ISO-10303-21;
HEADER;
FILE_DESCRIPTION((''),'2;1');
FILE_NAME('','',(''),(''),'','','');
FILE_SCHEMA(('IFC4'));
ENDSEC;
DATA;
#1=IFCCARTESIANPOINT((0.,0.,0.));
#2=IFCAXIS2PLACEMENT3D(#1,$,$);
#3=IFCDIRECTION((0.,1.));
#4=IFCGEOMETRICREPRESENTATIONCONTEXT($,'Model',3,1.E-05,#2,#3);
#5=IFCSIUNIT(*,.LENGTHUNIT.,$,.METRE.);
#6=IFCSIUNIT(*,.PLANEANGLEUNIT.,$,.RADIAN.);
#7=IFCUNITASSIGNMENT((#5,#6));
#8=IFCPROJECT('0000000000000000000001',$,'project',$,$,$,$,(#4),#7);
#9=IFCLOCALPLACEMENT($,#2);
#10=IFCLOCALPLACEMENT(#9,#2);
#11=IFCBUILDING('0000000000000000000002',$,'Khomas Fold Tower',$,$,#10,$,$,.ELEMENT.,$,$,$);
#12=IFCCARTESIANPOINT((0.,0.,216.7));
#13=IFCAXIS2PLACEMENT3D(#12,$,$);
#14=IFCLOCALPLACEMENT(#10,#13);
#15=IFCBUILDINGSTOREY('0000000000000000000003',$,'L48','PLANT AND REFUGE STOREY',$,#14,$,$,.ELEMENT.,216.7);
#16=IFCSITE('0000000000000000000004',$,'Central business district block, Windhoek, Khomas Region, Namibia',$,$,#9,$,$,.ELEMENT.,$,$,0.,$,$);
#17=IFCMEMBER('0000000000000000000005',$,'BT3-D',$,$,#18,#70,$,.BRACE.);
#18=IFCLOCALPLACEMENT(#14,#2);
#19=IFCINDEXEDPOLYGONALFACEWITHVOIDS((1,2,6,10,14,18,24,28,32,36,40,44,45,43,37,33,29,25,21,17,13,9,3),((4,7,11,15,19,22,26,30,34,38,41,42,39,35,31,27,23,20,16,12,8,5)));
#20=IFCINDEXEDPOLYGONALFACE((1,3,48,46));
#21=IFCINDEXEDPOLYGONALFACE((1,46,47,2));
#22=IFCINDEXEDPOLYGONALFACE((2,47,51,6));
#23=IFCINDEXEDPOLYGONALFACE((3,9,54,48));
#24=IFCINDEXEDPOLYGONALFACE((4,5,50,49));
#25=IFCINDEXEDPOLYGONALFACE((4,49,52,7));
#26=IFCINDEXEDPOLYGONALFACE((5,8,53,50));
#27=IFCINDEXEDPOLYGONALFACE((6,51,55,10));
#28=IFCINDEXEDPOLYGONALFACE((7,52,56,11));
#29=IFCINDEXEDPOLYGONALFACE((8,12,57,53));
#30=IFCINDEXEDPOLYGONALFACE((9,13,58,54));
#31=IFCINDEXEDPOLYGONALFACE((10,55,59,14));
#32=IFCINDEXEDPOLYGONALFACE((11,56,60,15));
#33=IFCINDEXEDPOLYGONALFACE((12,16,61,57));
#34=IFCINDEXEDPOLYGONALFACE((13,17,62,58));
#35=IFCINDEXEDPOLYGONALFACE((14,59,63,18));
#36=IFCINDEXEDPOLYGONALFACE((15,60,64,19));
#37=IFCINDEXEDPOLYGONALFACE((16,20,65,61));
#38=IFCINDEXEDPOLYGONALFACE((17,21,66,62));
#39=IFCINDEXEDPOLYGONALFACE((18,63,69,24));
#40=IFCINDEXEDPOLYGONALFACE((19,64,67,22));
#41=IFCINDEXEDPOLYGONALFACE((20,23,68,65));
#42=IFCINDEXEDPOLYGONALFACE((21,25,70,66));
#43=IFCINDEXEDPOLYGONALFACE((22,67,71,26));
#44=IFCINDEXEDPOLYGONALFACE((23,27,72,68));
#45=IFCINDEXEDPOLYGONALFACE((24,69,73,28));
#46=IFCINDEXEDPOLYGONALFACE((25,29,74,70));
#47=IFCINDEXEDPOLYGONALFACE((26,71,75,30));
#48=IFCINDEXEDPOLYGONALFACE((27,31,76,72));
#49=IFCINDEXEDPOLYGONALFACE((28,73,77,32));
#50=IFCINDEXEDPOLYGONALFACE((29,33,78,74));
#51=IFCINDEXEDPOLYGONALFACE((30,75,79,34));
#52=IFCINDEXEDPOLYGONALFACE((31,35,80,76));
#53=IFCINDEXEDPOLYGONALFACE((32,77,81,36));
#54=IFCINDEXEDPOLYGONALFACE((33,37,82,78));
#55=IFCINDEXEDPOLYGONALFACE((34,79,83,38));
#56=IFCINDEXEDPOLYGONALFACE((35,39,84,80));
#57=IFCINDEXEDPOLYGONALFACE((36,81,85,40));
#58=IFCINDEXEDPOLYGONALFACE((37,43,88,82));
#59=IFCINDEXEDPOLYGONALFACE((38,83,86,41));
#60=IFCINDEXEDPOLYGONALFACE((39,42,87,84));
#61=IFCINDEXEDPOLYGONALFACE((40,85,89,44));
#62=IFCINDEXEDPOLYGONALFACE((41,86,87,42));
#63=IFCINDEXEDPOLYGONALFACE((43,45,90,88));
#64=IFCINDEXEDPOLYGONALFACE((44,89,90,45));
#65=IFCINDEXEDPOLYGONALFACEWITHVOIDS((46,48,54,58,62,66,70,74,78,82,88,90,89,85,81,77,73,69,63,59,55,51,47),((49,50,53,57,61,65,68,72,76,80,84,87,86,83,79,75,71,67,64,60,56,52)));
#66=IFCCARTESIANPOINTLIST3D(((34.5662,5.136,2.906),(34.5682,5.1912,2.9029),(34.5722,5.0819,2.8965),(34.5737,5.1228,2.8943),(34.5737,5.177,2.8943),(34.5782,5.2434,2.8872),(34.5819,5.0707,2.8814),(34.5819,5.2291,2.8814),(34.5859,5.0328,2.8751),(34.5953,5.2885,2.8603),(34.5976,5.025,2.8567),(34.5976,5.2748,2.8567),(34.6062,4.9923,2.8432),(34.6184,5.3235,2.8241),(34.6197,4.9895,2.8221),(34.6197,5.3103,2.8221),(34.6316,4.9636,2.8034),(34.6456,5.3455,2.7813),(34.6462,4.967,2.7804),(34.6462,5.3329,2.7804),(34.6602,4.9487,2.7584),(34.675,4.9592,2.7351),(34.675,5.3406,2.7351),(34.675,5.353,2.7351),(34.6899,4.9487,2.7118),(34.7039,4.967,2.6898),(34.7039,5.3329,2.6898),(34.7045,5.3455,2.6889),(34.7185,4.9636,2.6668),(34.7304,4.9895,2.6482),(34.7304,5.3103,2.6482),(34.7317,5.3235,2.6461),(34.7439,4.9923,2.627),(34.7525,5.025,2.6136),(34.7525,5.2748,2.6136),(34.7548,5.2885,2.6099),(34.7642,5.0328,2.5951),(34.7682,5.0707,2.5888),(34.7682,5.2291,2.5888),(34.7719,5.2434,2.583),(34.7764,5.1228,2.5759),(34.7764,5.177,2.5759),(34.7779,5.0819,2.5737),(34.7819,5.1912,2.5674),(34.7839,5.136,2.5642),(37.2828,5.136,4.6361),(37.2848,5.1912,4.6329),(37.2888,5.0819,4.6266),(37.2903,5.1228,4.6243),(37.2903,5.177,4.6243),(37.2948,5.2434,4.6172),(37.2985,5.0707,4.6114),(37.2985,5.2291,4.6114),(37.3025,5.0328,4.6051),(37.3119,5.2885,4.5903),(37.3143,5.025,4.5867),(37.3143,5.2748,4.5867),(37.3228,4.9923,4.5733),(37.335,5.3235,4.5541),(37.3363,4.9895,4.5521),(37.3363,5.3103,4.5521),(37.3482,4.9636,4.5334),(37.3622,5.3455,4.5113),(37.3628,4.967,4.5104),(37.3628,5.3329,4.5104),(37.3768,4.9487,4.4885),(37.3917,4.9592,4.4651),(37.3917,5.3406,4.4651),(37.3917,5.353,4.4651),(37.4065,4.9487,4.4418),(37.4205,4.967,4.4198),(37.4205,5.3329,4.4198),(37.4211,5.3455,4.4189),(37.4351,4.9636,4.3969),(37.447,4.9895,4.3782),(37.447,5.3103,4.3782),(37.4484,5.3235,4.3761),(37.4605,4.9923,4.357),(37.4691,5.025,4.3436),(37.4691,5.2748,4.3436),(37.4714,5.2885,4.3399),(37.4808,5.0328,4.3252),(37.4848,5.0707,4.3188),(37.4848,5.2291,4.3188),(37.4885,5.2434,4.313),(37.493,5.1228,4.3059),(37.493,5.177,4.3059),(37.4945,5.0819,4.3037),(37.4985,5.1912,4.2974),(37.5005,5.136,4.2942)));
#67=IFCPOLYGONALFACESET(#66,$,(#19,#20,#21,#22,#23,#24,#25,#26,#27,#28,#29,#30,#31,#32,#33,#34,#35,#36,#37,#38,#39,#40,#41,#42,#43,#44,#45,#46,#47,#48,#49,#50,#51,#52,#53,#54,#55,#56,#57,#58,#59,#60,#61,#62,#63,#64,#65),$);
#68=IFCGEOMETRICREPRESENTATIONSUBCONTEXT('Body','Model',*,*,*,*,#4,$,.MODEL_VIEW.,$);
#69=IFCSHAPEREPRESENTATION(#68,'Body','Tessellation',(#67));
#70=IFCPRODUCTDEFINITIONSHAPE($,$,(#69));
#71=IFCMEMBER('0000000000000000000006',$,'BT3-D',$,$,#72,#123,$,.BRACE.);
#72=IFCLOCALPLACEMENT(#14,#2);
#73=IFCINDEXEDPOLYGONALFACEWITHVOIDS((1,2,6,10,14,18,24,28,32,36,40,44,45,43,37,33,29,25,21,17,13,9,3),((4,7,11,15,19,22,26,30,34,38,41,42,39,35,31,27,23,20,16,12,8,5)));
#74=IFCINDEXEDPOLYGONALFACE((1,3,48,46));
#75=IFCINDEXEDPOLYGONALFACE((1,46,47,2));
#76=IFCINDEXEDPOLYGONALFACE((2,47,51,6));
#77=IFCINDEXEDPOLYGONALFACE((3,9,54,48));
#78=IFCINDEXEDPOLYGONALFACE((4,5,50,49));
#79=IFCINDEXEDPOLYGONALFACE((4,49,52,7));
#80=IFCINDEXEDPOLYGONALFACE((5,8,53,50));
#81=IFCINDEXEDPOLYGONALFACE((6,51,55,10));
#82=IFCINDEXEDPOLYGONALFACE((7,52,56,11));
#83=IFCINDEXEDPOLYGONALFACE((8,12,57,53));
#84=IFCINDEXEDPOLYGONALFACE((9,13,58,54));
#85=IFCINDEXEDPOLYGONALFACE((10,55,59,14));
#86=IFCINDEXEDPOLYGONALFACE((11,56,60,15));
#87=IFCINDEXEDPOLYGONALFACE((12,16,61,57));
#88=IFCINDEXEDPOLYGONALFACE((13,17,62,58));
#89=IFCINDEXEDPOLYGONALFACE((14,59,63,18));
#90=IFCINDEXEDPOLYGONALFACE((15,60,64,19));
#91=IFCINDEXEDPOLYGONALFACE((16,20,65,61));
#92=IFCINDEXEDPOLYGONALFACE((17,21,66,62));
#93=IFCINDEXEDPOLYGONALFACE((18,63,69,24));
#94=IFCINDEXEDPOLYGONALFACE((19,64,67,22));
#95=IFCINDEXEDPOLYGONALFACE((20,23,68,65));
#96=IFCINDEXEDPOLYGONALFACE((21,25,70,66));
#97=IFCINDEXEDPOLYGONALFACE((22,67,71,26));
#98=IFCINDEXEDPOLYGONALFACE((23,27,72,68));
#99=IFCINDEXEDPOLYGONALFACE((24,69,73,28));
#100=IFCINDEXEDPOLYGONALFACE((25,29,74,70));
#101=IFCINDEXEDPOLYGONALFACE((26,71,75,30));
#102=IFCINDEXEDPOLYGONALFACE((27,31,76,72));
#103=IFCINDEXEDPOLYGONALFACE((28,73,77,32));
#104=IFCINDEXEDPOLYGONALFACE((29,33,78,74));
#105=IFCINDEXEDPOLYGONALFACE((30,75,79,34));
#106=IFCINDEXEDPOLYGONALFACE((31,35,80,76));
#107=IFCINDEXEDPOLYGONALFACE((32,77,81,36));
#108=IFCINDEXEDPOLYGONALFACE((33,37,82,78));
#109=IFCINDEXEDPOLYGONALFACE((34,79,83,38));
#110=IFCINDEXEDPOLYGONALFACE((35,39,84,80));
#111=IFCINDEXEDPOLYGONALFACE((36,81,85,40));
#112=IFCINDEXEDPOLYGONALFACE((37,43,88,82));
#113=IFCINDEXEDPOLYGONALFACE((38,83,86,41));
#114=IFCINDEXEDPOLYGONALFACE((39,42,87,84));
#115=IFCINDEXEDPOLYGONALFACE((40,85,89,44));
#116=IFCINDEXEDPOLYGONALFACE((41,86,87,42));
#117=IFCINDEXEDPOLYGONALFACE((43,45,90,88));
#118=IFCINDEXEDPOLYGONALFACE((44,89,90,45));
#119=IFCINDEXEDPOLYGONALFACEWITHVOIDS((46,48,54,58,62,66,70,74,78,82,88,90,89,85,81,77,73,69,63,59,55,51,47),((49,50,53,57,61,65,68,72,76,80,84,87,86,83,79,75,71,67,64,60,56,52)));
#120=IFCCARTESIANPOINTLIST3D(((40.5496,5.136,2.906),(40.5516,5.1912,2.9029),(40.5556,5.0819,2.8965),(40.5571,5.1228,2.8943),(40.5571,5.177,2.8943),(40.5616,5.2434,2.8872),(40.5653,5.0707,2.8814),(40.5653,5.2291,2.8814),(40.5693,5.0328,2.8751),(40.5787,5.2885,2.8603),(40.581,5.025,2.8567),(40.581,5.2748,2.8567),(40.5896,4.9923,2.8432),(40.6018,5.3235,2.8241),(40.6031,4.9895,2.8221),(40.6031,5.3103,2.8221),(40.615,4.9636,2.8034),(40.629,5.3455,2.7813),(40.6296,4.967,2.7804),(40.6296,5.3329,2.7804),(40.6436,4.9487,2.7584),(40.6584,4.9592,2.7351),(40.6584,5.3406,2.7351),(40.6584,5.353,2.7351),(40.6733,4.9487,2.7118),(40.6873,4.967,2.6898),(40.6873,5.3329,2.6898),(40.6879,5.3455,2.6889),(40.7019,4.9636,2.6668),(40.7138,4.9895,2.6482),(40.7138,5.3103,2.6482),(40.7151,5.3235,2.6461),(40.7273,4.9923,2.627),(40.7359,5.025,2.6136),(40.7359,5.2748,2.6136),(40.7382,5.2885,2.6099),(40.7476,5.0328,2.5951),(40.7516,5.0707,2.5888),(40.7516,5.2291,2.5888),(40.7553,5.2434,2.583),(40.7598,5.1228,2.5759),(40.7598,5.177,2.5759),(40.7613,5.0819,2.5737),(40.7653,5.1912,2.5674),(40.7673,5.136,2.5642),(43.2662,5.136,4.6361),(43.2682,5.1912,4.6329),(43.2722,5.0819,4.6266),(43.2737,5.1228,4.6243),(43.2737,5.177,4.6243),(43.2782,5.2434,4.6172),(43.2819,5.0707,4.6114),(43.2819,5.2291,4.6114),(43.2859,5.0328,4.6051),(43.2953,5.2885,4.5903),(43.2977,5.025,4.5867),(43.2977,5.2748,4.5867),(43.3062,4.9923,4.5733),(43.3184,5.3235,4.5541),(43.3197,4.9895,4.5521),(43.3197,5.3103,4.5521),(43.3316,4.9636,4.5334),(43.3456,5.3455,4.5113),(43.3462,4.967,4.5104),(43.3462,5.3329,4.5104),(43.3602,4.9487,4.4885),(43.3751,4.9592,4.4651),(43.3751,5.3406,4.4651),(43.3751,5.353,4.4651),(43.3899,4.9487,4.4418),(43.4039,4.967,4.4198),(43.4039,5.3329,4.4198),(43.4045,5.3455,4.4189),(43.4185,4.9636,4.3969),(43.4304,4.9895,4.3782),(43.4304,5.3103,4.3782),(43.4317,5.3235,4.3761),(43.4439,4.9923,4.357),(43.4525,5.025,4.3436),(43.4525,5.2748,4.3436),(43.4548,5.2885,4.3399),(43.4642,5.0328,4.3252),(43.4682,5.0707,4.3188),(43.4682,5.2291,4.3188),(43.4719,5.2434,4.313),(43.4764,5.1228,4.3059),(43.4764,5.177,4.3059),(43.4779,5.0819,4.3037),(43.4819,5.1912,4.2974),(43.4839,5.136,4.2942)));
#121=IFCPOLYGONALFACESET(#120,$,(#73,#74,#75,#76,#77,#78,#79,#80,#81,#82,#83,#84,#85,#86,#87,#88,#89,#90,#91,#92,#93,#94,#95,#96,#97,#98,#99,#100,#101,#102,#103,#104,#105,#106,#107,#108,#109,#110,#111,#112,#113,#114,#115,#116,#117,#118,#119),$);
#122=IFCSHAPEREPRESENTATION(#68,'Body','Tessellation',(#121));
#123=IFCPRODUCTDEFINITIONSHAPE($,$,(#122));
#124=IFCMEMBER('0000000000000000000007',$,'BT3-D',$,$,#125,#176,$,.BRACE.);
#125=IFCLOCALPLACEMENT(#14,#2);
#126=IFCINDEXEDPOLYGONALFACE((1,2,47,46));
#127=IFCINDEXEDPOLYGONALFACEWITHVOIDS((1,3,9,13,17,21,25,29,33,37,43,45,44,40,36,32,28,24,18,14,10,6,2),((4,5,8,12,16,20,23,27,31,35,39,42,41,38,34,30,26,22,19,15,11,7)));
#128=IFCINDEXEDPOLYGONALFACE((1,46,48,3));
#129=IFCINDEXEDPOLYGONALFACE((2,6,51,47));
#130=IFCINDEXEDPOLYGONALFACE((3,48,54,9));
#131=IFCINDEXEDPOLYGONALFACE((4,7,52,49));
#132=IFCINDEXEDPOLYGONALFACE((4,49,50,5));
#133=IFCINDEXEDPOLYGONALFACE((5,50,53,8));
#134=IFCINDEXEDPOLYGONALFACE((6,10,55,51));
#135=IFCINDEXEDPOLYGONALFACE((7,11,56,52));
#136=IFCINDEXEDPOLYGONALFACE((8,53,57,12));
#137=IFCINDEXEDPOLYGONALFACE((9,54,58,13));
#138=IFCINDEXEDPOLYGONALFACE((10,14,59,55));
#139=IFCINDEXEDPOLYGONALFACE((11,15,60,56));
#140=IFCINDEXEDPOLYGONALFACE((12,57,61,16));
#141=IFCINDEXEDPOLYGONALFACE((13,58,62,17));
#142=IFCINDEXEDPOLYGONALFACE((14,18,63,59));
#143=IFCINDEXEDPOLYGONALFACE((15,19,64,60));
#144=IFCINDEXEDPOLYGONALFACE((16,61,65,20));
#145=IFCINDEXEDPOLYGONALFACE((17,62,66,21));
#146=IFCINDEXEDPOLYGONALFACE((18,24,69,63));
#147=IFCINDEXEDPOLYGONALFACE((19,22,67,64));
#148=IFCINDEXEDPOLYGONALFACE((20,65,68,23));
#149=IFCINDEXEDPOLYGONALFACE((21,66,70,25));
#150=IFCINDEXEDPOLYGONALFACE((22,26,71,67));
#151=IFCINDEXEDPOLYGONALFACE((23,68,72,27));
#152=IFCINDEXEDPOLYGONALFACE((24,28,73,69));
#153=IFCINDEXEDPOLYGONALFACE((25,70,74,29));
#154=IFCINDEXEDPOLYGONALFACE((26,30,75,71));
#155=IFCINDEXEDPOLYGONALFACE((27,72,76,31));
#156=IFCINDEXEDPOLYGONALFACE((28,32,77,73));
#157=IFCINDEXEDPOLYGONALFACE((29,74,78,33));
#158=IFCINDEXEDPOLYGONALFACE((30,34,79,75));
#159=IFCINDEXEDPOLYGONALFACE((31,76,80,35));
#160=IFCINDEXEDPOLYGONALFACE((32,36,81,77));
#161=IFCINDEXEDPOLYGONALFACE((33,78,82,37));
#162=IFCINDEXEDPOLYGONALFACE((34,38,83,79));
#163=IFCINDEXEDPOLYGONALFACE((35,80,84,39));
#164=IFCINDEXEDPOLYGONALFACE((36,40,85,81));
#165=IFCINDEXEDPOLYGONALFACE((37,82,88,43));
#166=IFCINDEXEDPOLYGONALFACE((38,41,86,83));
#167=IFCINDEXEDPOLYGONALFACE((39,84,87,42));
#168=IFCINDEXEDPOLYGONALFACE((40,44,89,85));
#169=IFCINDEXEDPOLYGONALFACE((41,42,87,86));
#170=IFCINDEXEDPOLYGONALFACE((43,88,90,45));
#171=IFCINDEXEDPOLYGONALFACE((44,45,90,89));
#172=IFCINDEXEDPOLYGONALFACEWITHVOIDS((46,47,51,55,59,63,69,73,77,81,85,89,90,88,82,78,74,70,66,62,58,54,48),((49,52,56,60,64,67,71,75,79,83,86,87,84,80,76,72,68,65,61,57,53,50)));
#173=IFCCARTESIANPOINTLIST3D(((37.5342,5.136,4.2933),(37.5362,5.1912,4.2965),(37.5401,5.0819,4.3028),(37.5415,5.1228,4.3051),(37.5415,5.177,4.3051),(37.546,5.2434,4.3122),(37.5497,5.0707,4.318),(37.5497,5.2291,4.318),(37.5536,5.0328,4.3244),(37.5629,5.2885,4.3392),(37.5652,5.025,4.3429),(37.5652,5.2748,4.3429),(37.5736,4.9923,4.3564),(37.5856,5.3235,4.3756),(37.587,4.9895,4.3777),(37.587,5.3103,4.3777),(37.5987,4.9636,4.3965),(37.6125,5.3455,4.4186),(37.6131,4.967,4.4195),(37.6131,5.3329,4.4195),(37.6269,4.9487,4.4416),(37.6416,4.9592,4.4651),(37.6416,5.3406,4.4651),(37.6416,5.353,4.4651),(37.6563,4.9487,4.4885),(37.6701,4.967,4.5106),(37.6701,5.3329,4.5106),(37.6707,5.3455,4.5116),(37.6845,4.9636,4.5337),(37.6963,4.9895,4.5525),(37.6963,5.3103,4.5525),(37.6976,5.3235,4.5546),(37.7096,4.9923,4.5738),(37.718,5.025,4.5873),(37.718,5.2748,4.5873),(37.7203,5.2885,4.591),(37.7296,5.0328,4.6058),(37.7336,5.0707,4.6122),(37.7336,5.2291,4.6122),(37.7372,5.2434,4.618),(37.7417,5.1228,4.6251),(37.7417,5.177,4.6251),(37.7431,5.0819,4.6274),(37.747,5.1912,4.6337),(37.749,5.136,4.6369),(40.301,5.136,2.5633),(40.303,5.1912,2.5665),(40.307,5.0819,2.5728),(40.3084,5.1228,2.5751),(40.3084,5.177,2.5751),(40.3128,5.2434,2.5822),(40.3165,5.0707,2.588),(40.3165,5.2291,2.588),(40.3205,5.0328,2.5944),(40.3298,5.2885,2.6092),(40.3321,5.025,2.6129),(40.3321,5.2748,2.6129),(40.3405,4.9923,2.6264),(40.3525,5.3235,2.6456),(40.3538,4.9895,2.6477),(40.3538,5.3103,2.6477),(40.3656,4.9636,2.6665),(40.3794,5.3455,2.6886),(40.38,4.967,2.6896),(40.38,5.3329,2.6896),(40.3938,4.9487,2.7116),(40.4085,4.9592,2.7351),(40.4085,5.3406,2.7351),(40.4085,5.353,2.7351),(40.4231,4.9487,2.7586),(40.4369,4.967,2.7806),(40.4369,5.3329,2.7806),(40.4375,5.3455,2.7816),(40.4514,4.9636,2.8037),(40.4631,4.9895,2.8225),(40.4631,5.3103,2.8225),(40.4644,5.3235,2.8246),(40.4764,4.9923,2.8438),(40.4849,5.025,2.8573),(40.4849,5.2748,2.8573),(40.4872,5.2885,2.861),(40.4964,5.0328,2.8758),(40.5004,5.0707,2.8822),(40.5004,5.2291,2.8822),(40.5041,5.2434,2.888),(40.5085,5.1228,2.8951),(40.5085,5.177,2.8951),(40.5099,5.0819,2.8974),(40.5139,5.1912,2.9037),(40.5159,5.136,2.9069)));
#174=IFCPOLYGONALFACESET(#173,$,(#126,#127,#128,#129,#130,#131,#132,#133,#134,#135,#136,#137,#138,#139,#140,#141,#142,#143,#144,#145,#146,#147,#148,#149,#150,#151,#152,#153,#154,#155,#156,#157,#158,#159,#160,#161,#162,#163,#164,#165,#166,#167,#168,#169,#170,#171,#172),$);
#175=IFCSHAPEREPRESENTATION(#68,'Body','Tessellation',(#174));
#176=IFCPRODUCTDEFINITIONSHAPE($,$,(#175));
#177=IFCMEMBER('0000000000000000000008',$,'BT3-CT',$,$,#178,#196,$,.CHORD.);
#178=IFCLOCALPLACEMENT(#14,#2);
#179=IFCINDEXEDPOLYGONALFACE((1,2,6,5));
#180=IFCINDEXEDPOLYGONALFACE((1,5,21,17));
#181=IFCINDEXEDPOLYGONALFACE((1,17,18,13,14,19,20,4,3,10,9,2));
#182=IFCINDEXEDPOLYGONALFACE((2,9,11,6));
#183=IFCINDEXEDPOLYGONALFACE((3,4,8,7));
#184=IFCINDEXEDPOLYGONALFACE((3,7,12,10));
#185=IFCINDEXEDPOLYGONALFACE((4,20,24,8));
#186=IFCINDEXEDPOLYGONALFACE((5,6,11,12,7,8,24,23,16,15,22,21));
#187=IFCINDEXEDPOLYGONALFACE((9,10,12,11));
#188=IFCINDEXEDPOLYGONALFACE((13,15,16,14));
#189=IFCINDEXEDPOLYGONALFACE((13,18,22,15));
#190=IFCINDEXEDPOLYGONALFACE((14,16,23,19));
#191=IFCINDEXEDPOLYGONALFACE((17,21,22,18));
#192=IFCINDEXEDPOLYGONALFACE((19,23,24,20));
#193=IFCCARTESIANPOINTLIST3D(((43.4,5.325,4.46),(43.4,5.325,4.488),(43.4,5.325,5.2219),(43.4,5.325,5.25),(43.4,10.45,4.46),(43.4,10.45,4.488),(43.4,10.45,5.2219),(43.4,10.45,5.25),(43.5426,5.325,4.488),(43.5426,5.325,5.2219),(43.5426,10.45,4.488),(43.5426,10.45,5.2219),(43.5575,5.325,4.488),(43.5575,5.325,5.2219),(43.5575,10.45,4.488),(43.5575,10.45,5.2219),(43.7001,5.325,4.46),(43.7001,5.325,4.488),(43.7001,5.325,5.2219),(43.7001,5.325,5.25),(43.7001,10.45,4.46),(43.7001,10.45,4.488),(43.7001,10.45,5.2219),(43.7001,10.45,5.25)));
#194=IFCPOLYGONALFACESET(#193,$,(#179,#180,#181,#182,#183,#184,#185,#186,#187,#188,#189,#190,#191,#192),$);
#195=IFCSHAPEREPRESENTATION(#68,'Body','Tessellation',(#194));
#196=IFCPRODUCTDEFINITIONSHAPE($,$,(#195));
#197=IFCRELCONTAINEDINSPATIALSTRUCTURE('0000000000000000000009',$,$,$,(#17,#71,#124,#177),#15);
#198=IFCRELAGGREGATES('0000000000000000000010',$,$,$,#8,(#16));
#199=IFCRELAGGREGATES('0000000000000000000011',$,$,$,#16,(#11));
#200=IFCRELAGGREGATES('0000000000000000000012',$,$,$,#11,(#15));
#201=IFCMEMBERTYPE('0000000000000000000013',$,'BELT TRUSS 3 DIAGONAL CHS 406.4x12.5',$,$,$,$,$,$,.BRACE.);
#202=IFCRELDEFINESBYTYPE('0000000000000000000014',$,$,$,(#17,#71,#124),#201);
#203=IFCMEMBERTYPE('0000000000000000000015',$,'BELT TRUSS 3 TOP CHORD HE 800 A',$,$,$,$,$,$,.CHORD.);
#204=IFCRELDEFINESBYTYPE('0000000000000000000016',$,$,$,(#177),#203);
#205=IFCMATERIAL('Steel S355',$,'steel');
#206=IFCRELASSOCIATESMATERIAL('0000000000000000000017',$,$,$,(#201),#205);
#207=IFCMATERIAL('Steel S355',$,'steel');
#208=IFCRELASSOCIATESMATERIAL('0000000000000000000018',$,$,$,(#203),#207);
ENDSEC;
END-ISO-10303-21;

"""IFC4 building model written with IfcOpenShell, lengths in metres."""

from ifc_helpers import new_model, si_unit, direction, frame, origin, origin_2d, place, context, subcontext, project, spatial, hollow_circle, i_section, extrude, source, transform, mapped, material, material_profile, profile_set, type_object, element, save


model = new_model("IFC4")

# Units and contexts
model_context = context("Model", 3, precision=1e-05, world=origin(), true_north=direction((0.0, 1.0)))
body_context = subcontext(model_context, "Body", "Model", "MODEL_VIEW")
ifc_project = project(units=[si_unit("LENGTHUNIT", "METRE"), si_unit("PLANEANGLEUNIT", "RADIAN")], contexts=[model_context])

# Site, building, storey
site_placement = place(None, origin())
site = spatial("IfcSite", under=ifc_project, at=site_placement, Name="Central business district block, Windhoek, Khomas Region, Namibia", CompositionType="ELEMENT", RefElevation=0.0)
building_placement = place(site_placement, origin())
building = spatial("IfcBuilding", under=site, at=building_placement, Name="Khomas Fold Tower", CompositionType="ELEMENT")
storey_placement = place(building_placement, frame((0.0, 0.0, 216.7)))
storey = spatial("IfcBuildingStorey", under=building, at=storey_placement, Name="L48", Description="PLANT AND REFUGE STOREY", CompositionType="ELEMENT", Elevation=216.7)

# Members
ifc_material_1 = material(Name="Steel S355", Category="steel")
ifc_material_profile_1 = material_profile(ifc_material_1, hollow_circle(Radius=0.2031, WallThickness=0.0125, at=origin_2d()), Name="CHS 406.4x12.5")
ifc_profile_set_1 = profile_set([ifc_material_profile_1], Name="Steel S355")
member_type_1 = type_object("IfcMemberType", Name="BELT TRUSS 3 DIAGONAL CHS 406.4x12.5", PredefinedType="BRACE", material=ifc_profile_set_1)
shared_shape_1 = source(origin(), body_context, "Body", "SweptSolid", [
    extrude(hollow_circle(Radius=0.2031, WallThickness=0.0125, at=origin_2d()), origin(), (0.0, 0.0, 1.0), 3.2207),
])
for number, where, z_axis, x_axis, name in (
    (1, (34.675, 5.1499, 2.7351), (0.843484, 0.0, 0.537155), (0.0, 1.0, 0.0), "BT3-D"),
    (2, (40.6584, 5.1499, 2.7351), (0.843484, 0.0, 0.537155), (0.0, 1.0, 0.0), "BT3-D"),
):
    element("IfcMember", number, at=place(storey_placement, frame(where, z_axis=z_axis, x_axis=x_axis)), inside=storey, type_object=member_type_1, Name=name, PredefinedType="BRACE", context=body_context, shape_type="MappedRepresentation", body=[
        mapped(shared_shape_1, transform((0.0, 0.0, 0.0))),
    ])
shared_shape_2 = source(origin(), body_context, "Body", "SweptSolid", [
    extrude(hollow_circle(Radius=0.2031, WallThickness=0.0125, at=origin_2d()), origin(), (0.0, 0.0, 1.0), 3.2632),
])
member_1_placement = place(storey_placement, frame((37.6416, 5.1499, 4.4651), z_axis=(0.847902, 0.0, -0.530154), x_axis=(0.0, 1.0, 0.0)))
element("IfcMember", 3, at=member_1_placement, inside=storey, type_object=member_type_1, Name="BT3-D", PredefinedType="BRACE", context=body_context, shape_type="MappedRepresentation", body=[
    mapped(shared_shape_2, transform((0.0, 0.0, 0.0))),
])
ifc_material_2 = material(Name="Steel S355", Category="steel")
ifc_material_profile_2 = material_profile(ifc_material_2, i_section(OverallWidth=0.3, OverallDepth=0.79, WebThickness=0.0149, FlangeThickness=0.0281, at=origin_2d()), Name="HE 800 A")
ifc_profile_set_2 = profile_set([ifc_material_profile_2], Name="Steel S355")
member_type_2 = type_object("IfcMemberType", Name="BELT TRUSS 3 TOP CHORD HE 800 A", PredefinedType="CHORD", material=ifc_profile_set_2)
shared_shape_3 = source(origin(), body_context, "Body", "SweptSolid", [
    extrude(i_section(OverallWidth=0.3, OverallDepth=0.79, WebThickness=0.0149, FlangeThickness=0.0281, at=origin_2d()), origin(), (0.0, 0.0, 1.0), 5.125),
])
member_2_placement = place(storey_placement, frame((43.55, 5.325, 4.855), z_axis=(0.0, 1.0, 0.0), x_axis=(-1.0, 0.0, 0.0)))
element("IfcMember", 4, at=member_2_placement, inside=storey, type_object=member_type_2, Name="BT3-CT", PredefinedType="CHORD", context=body_context, shape_type="MappedRepresentation", body=[
    mapped(shared_shape_3, transform((0.0, 0.0, 0.0))),
])

save(model, "model.ifc")
